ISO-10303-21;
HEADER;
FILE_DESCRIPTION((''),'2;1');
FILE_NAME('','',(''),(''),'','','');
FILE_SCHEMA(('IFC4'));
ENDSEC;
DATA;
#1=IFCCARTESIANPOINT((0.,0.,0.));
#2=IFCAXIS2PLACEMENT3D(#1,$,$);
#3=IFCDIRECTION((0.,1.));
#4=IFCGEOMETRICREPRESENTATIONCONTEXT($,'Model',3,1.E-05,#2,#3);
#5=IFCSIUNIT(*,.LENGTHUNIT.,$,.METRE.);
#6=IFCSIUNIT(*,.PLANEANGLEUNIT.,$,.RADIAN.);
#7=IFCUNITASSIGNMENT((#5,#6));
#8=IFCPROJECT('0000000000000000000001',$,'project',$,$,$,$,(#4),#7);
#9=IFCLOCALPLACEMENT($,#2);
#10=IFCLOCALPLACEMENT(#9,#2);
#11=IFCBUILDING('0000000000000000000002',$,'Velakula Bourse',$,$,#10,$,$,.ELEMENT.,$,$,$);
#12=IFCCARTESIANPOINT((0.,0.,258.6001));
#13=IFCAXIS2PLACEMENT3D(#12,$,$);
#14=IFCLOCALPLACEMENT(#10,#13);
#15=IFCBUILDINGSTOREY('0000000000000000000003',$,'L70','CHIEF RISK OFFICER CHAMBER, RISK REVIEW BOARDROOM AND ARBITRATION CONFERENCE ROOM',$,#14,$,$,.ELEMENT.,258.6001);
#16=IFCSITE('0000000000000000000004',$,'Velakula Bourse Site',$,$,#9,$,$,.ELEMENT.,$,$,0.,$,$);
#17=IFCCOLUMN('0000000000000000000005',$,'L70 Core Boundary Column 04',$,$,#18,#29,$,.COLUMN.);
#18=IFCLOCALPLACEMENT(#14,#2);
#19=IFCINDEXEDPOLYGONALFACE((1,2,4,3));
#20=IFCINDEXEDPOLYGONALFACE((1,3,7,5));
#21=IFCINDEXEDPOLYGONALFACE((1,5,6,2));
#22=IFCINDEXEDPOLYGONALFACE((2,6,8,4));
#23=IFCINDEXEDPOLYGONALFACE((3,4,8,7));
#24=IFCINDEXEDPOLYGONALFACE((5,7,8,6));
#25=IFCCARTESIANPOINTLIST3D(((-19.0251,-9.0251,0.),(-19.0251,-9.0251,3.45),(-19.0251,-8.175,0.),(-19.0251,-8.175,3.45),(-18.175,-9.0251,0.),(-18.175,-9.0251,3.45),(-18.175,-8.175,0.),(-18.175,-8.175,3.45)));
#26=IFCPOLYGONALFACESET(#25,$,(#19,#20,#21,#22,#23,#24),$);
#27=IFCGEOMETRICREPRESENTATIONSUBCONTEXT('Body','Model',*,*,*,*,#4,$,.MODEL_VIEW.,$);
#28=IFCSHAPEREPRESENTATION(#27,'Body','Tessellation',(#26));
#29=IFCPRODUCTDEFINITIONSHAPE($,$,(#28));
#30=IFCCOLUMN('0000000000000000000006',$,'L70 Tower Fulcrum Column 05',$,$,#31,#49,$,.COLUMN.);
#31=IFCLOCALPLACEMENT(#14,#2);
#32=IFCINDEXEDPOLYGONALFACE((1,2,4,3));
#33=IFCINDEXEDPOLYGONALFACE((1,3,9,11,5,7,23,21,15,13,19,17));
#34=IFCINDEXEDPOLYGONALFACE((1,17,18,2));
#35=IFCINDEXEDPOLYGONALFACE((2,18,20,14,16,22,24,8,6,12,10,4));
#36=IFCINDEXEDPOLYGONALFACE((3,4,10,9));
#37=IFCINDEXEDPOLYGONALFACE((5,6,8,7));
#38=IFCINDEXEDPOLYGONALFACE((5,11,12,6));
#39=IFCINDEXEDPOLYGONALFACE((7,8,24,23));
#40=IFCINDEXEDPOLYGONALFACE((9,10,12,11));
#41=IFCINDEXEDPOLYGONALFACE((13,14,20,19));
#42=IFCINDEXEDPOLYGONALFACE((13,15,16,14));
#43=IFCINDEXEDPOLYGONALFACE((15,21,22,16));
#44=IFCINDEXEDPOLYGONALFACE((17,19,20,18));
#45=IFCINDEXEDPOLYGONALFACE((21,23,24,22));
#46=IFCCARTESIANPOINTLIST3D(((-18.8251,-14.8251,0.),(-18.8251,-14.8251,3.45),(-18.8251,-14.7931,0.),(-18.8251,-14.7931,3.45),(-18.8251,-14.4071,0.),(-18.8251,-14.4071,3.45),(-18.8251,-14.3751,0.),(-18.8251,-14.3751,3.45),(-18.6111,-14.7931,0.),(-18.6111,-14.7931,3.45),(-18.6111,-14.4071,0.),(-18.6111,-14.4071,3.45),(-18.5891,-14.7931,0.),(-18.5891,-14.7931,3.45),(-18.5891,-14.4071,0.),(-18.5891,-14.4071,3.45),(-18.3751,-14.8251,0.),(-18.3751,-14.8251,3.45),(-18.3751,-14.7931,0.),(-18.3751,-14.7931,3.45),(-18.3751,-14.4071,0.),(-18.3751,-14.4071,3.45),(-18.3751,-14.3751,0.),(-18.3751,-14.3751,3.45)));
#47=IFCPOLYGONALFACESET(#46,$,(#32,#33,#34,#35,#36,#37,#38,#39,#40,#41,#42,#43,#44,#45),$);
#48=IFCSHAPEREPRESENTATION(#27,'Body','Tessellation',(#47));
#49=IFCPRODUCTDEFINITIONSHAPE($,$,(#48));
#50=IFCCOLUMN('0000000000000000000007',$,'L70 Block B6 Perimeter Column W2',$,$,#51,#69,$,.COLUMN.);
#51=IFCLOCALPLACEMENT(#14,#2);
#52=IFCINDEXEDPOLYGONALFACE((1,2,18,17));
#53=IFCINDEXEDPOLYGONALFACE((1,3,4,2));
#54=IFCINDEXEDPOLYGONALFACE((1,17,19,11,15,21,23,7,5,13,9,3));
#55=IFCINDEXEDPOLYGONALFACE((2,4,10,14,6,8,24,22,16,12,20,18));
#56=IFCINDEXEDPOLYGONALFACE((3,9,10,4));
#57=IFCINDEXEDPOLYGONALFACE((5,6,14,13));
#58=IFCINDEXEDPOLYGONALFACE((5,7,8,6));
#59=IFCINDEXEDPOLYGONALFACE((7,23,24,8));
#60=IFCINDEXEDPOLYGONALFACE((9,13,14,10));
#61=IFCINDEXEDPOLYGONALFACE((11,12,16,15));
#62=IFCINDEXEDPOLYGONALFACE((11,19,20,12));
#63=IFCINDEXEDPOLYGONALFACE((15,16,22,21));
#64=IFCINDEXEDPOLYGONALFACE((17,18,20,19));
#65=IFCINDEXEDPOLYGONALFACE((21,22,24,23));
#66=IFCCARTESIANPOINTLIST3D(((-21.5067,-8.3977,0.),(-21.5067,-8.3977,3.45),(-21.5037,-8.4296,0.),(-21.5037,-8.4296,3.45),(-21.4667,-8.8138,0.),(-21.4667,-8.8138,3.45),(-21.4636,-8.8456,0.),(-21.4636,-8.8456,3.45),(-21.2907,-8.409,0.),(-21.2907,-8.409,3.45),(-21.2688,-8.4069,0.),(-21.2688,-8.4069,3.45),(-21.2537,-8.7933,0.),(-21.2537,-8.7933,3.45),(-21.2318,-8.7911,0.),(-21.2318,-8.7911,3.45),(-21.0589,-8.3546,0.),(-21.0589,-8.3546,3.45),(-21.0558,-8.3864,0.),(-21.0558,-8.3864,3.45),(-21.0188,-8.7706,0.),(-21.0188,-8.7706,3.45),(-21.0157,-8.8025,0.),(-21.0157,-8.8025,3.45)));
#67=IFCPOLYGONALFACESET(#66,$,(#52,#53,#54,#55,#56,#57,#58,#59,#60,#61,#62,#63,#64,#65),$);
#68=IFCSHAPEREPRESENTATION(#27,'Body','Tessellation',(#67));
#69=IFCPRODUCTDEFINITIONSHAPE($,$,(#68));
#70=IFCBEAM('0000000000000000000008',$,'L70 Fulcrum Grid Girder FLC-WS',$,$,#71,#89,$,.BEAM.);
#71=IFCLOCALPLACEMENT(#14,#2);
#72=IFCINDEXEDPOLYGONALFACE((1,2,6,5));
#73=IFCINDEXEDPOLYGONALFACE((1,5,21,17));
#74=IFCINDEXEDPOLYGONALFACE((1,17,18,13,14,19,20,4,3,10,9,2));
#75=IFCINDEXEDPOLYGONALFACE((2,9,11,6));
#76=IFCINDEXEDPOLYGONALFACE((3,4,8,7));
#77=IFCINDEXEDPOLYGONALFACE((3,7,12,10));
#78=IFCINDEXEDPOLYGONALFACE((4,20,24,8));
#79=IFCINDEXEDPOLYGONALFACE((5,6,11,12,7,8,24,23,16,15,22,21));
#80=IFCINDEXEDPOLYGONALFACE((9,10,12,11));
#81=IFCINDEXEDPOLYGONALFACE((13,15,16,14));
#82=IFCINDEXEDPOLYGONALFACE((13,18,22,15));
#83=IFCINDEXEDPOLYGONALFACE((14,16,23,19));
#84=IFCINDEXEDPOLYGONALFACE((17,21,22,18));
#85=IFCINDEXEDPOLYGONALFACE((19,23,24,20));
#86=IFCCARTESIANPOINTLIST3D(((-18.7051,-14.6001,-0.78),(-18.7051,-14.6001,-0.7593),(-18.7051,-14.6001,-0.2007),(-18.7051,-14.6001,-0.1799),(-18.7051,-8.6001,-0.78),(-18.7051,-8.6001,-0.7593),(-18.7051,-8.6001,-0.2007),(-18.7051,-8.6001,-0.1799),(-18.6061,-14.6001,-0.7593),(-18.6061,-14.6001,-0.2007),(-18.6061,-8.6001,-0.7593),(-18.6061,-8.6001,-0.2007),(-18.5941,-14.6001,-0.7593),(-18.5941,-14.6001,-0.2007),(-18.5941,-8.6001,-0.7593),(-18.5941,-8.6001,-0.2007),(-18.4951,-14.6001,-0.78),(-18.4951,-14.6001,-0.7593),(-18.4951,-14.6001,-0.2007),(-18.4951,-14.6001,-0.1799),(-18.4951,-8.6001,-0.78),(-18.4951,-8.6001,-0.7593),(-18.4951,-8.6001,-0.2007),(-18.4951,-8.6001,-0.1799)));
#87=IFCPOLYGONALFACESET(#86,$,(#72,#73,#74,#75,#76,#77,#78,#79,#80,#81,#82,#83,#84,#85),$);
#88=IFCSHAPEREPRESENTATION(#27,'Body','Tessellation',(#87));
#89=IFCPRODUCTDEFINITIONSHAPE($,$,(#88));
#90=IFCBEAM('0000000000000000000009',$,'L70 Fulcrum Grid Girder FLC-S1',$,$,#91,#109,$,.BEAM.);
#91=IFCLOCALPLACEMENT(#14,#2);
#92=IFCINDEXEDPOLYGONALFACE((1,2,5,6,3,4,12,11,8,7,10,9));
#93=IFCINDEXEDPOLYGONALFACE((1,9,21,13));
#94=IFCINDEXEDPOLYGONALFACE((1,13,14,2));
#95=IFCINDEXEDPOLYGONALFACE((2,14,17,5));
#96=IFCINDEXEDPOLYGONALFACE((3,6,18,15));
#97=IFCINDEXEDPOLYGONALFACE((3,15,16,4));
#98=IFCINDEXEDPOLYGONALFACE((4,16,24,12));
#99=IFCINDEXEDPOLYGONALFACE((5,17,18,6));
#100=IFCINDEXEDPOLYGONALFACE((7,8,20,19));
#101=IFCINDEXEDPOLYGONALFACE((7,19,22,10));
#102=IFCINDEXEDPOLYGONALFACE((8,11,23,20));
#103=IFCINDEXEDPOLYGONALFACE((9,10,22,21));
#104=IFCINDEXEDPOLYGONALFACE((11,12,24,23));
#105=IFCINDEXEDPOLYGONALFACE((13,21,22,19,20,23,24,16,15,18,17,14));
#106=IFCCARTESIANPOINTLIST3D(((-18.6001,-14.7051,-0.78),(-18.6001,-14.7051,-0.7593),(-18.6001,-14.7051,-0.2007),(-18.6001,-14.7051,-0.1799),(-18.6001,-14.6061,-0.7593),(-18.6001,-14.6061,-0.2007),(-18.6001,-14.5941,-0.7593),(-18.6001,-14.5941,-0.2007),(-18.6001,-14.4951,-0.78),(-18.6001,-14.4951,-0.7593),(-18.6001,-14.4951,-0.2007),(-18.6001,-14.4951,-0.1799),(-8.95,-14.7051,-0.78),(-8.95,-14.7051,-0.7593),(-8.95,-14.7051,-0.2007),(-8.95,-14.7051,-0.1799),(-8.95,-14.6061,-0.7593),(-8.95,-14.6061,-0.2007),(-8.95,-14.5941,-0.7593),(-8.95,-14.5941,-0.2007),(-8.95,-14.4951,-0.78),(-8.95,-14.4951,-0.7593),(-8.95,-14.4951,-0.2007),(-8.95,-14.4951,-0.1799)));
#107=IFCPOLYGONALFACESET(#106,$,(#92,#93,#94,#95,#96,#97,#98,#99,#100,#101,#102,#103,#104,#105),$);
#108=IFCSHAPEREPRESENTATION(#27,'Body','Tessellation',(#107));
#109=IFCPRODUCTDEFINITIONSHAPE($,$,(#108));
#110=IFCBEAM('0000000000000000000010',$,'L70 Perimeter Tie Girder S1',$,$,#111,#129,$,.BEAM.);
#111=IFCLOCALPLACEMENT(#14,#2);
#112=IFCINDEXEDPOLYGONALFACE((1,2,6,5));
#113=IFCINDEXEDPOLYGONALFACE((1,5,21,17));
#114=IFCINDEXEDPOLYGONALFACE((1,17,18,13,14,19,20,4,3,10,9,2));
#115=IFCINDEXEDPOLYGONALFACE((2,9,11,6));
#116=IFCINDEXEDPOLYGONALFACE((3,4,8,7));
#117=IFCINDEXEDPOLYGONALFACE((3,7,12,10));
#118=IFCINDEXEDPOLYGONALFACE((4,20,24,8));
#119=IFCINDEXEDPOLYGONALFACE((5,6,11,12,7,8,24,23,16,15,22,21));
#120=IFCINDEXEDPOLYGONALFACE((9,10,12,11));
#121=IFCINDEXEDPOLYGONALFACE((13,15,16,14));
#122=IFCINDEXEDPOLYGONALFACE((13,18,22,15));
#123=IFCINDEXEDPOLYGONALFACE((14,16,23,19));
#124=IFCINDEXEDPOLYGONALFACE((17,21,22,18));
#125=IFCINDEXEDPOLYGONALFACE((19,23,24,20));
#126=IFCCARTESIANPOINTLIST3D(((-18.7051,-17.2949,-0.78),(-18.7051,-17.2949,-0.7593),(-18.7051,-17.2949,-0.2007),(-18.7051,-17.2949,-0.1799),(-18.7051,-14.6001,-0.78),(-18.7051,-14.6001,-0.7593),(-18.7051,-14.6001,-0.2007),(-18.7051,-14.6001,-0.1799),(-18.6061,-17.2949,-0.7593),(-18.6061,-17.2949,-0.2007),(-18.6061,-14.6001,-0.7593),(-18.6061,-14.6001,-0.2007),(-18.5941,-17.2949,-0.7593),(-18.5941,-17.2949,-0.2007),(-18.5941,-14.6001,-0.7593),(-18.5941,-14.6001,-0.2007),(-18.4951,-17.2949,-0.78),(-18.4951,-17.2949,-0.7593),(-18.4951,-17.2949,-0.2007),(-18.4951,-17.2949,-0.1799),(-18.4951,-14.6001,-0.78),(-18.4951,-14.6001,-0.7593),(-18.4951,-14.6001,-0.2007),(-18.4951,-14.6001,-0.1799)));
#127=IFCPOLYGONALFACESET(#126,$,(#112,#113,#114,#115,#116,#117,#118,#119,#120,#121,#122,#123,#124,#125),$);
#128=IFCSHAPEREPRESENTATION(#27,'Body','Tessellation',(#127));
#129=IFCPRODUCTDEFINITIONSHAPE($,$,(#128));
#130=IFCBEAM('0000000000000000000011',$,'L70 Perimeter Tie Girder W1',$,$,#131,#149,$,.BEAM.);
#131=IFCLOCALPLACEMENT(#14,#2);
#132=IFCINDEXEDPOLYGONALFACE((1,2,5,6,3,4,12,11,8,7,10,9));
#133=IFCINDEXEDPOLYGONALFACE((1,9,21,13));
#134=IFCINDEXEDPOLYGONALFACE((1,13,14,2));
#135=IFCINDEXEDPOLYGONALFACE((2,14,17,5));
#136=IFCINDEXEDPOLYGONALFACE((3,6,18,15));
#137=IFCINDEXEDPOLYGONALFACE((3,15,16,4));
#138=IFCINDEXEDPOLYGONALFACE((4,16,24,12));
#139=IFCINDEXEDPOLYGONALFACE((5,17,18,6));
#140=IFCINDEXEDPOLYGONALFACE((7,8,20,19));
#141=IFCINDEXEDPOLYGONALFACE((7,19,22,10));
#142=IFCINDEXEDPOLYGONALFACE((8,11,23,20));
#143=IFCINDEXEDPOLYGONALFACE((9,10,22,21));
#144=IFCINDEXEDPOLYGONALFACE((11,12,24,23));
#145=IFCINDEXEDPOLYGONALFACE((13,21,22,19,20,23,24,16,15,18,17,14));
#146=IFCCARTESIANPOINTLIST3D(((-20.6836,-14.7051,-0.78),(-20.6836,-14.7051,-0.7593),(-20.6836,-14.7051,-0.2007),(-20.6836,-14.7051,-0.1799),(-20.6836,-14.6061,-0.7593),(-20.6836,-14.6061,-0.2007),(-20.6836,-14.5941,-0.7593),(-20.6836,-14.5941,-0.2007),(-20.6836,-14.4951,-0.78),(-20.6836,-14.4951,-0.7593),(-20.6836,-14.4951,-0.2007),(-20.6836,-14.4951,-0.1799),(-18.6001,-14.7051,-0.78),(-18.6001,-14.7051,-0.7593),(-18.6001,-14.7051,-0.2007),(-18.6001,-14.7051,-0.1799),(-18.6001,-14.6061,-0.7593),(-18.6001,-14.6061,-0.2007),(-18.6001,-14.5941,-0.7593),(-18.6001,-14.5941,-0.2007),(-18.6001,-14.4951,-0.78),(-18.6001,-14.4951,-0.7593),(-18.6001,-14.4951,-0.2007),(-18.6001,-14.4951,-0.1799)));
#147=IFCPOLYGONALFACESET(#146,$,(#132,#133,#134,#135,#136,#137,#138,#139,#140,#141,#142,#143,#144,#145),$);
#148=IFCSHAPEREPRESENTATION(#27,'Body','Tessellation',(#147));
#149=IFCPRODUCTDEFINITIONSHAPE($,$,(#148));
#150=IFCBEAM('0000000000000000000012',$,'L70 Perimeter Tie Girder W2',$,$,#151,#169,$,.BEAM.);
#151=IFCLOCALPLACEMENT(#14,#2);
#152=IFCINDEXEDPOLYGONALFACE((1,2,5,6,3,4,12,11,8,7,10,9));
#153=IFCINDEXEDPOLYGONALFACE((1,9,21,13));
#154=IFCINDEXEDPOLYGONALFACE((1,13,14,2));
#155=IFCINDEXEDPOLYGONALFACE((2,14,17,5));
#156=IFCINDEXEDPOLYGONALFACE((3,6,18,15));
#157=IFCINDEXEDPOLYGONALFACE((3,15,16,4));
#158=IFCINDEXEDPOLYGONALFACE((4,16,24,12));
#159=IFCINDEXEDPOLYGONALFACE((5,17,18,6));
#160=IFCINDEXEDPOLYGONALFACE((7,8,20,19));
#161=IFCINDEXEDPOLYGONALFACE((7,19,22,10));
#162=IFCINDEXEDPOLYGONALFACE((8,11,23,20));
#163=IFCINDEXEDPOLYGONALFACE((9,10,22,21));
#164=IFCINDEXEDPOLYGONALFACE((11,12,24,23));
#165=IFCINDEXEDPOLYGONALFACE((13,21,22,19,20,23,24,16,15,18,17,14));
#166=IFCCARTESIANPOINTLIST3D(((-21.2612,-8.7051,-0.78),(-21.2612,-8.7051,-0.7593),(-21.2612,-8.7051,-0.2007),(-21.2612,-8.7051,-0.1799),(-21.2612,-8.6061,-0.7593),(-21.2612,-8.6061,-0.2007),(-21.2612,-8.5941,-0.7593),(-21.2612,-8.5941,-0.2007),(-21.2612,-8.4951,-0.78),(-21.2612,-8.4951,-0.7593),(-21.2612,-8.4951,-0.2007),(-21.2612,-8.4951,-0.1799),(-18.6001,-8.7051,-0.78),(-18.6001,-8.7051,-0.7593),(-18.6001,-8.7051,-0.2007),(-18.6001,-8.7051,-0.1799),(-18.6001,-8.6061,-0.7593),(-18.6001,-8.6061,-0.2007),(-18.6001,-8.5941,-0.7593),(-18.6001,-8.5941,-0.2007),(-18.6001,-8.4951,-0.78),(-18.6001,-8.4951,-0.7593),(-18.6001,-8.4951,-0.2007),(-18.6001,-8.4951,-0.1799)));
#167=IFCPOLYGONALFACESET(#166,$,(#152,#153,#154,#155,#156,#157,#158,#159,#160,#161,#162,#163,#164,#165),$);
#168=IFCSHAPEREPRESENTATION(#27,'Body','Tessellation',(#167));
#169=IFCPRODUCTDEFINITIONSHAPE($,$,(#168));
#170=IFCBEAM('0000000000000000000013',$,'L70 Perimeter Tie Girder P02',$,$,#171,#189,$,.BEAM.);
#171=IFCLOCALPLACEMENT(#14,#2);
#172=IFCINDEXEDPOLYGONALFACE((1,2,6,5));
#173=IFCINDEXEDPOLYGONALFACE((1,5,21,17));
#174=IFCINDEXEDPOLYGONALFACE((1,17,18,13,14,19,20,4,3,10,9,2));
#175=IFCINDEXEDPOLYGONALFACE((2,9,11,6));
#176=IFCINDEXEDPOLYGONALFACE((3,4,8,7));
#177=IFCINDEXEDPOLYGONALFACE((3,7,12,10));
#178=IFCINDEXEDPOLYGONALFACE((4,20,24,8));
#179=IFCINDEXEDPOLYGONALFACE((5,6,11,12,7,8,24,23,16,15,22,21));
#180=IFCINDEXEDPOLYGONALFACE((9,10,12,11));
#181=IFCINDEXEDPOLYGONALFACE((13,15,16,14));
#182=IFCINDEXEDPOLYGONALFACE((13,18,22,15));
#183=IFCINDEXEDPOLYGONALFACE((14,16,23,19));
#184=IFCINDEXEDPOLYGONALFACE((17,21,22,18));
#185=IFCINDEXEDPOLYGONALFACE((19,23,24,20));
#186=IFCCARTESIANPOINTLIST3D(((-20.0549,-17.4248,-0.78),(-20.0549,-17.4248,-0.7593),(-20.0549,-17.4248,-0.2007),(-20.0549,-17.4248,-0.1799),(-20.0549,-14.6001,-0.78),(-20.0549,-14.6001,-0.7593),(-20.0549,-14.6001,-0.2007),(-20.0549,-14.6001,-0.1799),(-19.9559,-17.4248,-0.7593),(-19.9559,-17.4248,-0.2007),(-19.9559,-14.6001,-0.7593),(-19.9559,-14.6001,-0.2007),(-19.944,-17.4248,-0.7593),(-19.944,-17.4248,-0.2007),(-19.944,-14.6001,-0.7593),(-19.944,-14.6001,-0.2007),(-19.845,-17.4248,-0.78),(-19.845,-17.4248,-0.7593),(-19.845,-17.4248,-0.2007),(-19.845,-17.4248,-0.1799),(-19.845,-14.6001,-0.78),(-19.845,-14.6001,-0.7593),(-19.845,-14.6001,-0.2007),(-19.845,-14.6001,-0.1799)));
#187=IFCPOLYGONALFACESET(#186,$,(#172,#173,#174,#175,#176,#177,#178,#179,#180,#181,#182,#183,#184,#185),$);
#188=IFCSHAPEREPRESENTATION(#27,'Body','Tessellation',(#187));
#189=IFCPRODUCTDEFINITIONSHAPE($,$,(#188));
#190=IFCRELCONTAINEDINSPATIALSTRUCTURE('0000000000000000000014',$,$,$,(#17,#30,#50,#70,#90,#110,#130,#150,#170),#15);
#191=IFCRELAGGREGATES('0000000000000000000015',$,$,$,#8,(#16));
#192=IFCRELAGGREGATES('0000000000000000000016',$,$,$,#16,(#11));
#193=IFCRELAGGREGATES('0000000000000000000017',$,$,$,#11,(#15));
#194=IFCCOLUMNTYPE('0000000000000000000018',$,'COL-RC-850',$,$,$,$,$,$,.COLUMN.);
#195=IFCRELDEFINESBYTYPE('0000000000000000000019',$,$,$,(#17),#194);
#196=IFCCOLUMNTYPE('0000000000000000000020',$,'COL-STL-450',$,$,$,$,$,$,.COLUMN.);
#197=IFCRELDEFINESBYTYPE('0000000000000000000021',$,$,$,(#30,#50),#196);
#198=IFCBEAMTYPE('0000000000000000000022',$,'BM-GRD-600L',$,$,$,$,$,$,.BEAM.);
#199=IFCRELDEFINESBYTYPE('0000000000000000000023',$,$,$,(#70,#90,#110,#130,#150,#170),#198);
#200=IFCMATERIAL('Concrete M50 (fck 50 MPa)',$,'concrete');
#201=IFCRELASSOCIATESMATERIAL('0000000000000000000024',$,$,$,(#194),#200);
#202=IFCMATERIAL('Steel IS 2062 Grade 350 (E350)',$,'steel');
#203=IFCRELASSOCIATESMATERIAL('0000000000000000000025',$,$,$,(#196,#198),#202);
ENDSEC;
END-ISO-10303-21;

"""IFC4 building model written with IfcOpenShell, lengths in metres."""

from ifc_helpers import new_model, si_unit, direction, frame, origin, origin_2d, place, context, subcontext, project, spatial, rectangle, i_section, extrude, material, material_profile, profile_set, type_object, element, save


model = new_model("IFC4")

# Units and contexts
model_context = context("Model", 3, precision=1e-05, world=origin(), true_north=direction((0.0, 1.0)))
body_context = subcontext(model_context, "Body", "Model", "MODEL_VIEW")
ifc_project = project(units=[si_unit("LENGTHUNIT", "METRE"), si_unit("PLANEANGLEUNIT", "RADIAN")], contexts=[model_context])

# Site, building, storey
site_placement = place(None, origin())
site = spatial("IfcSite", under=ifc_project, at=site_placement, Name="Velakula Bourse Site", CompositionType="ELEMENT", RefElevation=0.0)
building_placement = place(site_placement, origin())
building = spatial("IfcBuilding", under=site, at=building_placement, Name="Velakula Bourse", CompositionType="ELEMENT")
storey_placement = place(building_placement, frame((0.0, 0.0, 258.6001)))
storey = spatial("IfcBuildingStorey", under=building, at=storey_placement, Name="L70", Description="CHIEF RISK OFFICER CHAMBER, RISK REVIEW BOARDROOM AND ARBITRATION CONFERENCE ROOM", CompositionType="ELEMENT", Elevation=258.6001)

# Columns
ifc_material_1 = material(Name="Concrete M50 (fck 50 MPa)", Category="concrete")
ifc_material_profile_1 = material_profile(ifc_material_1, rectangle(XDim=0.8501, YDim=0.8501, at=origin_2d()), Name="Concrete M50 (fck 50 MPa)")
ifc_profile_set_1 = profile_set([ifc_material_profile_1], Name="Concrete M50 (fck 50 MPa)")
column_type_1 = type_object("IfcColumnType", Name="COL-RC-850", PredefinedType="COLUMN", material=ifc_profile_set_1)
column_placement = place(storey_placement, frame((-18.6001, -8.6001, 0.0), z_axis=(0.0, 0.0, 1.0), x_axis=(1.0, 0.0, 0.0)))
element("IfcColumn", 1, at=column_placement, inside=storey, type_object=column_type_1, Name="L70 Core Boundary Column 04", PredefinedType="COLUMN", context=body_context, shape_type="SweptSolid", body=[
    extrude(rectangle(XDim=0.8501, YDim=0.8501, at=origin_2d()), origin(), (0.0, 0.0, 1.0), 3.45),
])
ifc_material_2 = material(Name="Steel IS 2062 Grade 350 (E350)", Category="steel")
ifc_material_profile_2 = material_profile(ifc_material_2, i_section(OverallWidth=0.45, OverallDepth=0.45, WebThickness=0.022, FlangeThickness=0.032, at=origin_2d()), Name="Steel IS 2062 Grade 350 (E350)")
ifc_profile_set_2 = profile_set([ifc_material_profile_2], Name="Steel IS 2062 Grade 350 (E350)")
column_type_2 = type_object("IfcColumnType", Name="COL-STL-450", PredefinedType="COLUMN", material=ifc_profile_set_2)
for number, where, z_axis, x_axis, name in (
    (2, (-18.6001, -14.6001, 0.0), (0.0, 0.0, 1.0), (1.0, 0.0, 0.0), "L70 Tower Fulcrum Column 05"),
    (3, (-21.2612, -8.6001, 0.0), (0.0, 0.0, 1.0), (0.995396, 0.095846, 0.0), "L70 Block B6 Perimeter Column W2"),
):
    element("IfcColumn", number, at=place(storey_placement, frame(where, z_axis=z_axis, x_axis=x_axis)), inside=storey, type_object=column_type_2, Name=name, PredefinedType="COLUMN", context=body_context, shape_type="SweptSolid", body=[
        extrude(i_section(OverallWidth=0.45, OverallDepth=0.45, WebThickness=0.022, FlangeThickness=0.032, at=origin_2d()), origin(), (0.0, 0.0, 1.0), 3.45),
    ])

# Beams
ifc_material_profile_3 = material_profile(ifc_material_2, i_section(OverallWidth=0.21, OverallDepth=0.6001, WebThickness=0.012, FlangeThickness=0.0208, at=origin_2d()), Name="Steel IS 2062 Grade 350 (E350)")
ifc_profile_set_3 = profile_set([ifc_material_profile_3], Name="Steel IS 2062 Grade 350 (E350)")
beam_type_1 = type_object("IfcBeamType", Name="BM-GRD-600L", PredefinedType="BEAM", material=ifc_profile_set_3)
beam_1_placement = place(storey_placement, frame((-18.6001, -14.6001, -0.48), z_axis=(0.0, 1.0, 0.0), x_axis=(-1.0, 0.0, 0.0)))
element("IfcBeam", 4, at=beam_1_placement, inside=storey, type_object=beam_type_1, Name="L70 Fulcrum Grid Girder FLC-WS", PredefinedType="BEAM", context=body_context, shape_type="SweptSolid", body=[
    extrude(i_section(OverallWidth=0.21, OverallDepth=0.6001, WebThickness=0.012, FlangeThickness=0.0208, at=origin_2d()), origin(), (0.0, 0.0, 1.0), 6.0),
])
beam_2_placement = place(storey_placement, frame((-18.6001, -14.6001, -0.48), z_axis=(1.0, 0.0, 0.0), x_axis=(0.0, 1.0, 0.0)))
element("IfcBeam", 5, at=beam_2_placement, inside=storey, type_object=beam_type_1, Name="L70 Fulcrum Grid Girder FLC-S1", PredefinedType="BEAM", context=body_context, shape_type="SweptSolid", body=[
    extrude(i_section(OverallWidth=0.21, OverallDepth=0.6001, WebThickness=0.012, FlangeThickness=0.0208, at=origin_2d()), origin(), (0.0, 0.0, 1.0), 9.6501),
])
beam_3_placement = place(storey_placement, frame((-18.6001, -14.6001, -0.48), z_axis=(0.0, -1.0, 0.0), x_axis=(1.0, 0.0, 0.0)))
element("IfcBeam", 6, at=beam_3_placement, inside=storey, type_object=beam_type_1, Name="L70 Perimeter Tie Girder S1", PredefinedType="BEAM", context=body_context, shape_type="SweptSolid", body=[
    extrude(i_section(OverallWidth=0.21, OverallDepth=0.6001, WebThickness=0.012, FlangeThickness=0.0208, at=origin_2d()), origin(), (0.0, 0.0, 1.0), 2.6948),
])
beam_4_placement = place(storey_placement, frame((-18.6001, -14.6001, -0.48), z_axis=(-1.0, 0.0, 0.0), x_axis=(0.0, -1.0, 0.0)))
element("IfcBeam", 7, at=beam_4_placement, inside=storey, type_object=beam_type_1, Name="L70 Perimeter Tie Girder W1", PredefinedType="BEAM", context=body_context, shape_type="SweptSolid", body=[
    extrude(i_section(OverallWidth=0.21, OverallDepth=0.6001, WebThickness=0.012, FlangeThickness=0.0208, at=origin_2d()), origin(), (0.0, 0.0, 1.0), 2.0835),
])
beam_5_placement = place(storey_placement, frame((-18.6001, -8.6001, -0.48), z_axis=(-1.0, 0.0, 0.0), x_axis=(0.0, -1.0, 0.0)))
element("IfcBeam", 8, at=beam_5_placement, inside=storey, type_object=beam_type_1, Name="L70 Perimeter Tie Girder W2", PredefinedType="BEAM", context=body_context, shape_type="SweptSolid", body=[
    extrude(i_section(OverallWidth=0.21, OverallDepth=0.6001, WebThickness=0.012, FlangeThickness=0.0208, at=origin_2d()), origin(), (0.0, 0.0, 1.0), 2.6611),
])
beam_6_placement = place(storey_placement, frame((-19.95, -14.6001, -0.48), z_axis=(0.0, -1.0, 0.0), x_axis=(1.0, 0.0, 0.0)))
element("IfcBeam", 9, at=beam_6_placement, inside=storey, type_object=beam_type_1, Name="L70 Perimeter Tie Girder P02", PredefinedType="BEAM", context=body_context, shape_type="SweptSolid", body=[
    extrude(i_section(OverallWidth=0.21, OverallDepth=0.6001, WebThickness=0.012, FlangeThickness=0.0208, at=origin_2d()), origin(), (0.0, 0.0, 1.0), 2.8247),
])

save(model, "model.ifc")
